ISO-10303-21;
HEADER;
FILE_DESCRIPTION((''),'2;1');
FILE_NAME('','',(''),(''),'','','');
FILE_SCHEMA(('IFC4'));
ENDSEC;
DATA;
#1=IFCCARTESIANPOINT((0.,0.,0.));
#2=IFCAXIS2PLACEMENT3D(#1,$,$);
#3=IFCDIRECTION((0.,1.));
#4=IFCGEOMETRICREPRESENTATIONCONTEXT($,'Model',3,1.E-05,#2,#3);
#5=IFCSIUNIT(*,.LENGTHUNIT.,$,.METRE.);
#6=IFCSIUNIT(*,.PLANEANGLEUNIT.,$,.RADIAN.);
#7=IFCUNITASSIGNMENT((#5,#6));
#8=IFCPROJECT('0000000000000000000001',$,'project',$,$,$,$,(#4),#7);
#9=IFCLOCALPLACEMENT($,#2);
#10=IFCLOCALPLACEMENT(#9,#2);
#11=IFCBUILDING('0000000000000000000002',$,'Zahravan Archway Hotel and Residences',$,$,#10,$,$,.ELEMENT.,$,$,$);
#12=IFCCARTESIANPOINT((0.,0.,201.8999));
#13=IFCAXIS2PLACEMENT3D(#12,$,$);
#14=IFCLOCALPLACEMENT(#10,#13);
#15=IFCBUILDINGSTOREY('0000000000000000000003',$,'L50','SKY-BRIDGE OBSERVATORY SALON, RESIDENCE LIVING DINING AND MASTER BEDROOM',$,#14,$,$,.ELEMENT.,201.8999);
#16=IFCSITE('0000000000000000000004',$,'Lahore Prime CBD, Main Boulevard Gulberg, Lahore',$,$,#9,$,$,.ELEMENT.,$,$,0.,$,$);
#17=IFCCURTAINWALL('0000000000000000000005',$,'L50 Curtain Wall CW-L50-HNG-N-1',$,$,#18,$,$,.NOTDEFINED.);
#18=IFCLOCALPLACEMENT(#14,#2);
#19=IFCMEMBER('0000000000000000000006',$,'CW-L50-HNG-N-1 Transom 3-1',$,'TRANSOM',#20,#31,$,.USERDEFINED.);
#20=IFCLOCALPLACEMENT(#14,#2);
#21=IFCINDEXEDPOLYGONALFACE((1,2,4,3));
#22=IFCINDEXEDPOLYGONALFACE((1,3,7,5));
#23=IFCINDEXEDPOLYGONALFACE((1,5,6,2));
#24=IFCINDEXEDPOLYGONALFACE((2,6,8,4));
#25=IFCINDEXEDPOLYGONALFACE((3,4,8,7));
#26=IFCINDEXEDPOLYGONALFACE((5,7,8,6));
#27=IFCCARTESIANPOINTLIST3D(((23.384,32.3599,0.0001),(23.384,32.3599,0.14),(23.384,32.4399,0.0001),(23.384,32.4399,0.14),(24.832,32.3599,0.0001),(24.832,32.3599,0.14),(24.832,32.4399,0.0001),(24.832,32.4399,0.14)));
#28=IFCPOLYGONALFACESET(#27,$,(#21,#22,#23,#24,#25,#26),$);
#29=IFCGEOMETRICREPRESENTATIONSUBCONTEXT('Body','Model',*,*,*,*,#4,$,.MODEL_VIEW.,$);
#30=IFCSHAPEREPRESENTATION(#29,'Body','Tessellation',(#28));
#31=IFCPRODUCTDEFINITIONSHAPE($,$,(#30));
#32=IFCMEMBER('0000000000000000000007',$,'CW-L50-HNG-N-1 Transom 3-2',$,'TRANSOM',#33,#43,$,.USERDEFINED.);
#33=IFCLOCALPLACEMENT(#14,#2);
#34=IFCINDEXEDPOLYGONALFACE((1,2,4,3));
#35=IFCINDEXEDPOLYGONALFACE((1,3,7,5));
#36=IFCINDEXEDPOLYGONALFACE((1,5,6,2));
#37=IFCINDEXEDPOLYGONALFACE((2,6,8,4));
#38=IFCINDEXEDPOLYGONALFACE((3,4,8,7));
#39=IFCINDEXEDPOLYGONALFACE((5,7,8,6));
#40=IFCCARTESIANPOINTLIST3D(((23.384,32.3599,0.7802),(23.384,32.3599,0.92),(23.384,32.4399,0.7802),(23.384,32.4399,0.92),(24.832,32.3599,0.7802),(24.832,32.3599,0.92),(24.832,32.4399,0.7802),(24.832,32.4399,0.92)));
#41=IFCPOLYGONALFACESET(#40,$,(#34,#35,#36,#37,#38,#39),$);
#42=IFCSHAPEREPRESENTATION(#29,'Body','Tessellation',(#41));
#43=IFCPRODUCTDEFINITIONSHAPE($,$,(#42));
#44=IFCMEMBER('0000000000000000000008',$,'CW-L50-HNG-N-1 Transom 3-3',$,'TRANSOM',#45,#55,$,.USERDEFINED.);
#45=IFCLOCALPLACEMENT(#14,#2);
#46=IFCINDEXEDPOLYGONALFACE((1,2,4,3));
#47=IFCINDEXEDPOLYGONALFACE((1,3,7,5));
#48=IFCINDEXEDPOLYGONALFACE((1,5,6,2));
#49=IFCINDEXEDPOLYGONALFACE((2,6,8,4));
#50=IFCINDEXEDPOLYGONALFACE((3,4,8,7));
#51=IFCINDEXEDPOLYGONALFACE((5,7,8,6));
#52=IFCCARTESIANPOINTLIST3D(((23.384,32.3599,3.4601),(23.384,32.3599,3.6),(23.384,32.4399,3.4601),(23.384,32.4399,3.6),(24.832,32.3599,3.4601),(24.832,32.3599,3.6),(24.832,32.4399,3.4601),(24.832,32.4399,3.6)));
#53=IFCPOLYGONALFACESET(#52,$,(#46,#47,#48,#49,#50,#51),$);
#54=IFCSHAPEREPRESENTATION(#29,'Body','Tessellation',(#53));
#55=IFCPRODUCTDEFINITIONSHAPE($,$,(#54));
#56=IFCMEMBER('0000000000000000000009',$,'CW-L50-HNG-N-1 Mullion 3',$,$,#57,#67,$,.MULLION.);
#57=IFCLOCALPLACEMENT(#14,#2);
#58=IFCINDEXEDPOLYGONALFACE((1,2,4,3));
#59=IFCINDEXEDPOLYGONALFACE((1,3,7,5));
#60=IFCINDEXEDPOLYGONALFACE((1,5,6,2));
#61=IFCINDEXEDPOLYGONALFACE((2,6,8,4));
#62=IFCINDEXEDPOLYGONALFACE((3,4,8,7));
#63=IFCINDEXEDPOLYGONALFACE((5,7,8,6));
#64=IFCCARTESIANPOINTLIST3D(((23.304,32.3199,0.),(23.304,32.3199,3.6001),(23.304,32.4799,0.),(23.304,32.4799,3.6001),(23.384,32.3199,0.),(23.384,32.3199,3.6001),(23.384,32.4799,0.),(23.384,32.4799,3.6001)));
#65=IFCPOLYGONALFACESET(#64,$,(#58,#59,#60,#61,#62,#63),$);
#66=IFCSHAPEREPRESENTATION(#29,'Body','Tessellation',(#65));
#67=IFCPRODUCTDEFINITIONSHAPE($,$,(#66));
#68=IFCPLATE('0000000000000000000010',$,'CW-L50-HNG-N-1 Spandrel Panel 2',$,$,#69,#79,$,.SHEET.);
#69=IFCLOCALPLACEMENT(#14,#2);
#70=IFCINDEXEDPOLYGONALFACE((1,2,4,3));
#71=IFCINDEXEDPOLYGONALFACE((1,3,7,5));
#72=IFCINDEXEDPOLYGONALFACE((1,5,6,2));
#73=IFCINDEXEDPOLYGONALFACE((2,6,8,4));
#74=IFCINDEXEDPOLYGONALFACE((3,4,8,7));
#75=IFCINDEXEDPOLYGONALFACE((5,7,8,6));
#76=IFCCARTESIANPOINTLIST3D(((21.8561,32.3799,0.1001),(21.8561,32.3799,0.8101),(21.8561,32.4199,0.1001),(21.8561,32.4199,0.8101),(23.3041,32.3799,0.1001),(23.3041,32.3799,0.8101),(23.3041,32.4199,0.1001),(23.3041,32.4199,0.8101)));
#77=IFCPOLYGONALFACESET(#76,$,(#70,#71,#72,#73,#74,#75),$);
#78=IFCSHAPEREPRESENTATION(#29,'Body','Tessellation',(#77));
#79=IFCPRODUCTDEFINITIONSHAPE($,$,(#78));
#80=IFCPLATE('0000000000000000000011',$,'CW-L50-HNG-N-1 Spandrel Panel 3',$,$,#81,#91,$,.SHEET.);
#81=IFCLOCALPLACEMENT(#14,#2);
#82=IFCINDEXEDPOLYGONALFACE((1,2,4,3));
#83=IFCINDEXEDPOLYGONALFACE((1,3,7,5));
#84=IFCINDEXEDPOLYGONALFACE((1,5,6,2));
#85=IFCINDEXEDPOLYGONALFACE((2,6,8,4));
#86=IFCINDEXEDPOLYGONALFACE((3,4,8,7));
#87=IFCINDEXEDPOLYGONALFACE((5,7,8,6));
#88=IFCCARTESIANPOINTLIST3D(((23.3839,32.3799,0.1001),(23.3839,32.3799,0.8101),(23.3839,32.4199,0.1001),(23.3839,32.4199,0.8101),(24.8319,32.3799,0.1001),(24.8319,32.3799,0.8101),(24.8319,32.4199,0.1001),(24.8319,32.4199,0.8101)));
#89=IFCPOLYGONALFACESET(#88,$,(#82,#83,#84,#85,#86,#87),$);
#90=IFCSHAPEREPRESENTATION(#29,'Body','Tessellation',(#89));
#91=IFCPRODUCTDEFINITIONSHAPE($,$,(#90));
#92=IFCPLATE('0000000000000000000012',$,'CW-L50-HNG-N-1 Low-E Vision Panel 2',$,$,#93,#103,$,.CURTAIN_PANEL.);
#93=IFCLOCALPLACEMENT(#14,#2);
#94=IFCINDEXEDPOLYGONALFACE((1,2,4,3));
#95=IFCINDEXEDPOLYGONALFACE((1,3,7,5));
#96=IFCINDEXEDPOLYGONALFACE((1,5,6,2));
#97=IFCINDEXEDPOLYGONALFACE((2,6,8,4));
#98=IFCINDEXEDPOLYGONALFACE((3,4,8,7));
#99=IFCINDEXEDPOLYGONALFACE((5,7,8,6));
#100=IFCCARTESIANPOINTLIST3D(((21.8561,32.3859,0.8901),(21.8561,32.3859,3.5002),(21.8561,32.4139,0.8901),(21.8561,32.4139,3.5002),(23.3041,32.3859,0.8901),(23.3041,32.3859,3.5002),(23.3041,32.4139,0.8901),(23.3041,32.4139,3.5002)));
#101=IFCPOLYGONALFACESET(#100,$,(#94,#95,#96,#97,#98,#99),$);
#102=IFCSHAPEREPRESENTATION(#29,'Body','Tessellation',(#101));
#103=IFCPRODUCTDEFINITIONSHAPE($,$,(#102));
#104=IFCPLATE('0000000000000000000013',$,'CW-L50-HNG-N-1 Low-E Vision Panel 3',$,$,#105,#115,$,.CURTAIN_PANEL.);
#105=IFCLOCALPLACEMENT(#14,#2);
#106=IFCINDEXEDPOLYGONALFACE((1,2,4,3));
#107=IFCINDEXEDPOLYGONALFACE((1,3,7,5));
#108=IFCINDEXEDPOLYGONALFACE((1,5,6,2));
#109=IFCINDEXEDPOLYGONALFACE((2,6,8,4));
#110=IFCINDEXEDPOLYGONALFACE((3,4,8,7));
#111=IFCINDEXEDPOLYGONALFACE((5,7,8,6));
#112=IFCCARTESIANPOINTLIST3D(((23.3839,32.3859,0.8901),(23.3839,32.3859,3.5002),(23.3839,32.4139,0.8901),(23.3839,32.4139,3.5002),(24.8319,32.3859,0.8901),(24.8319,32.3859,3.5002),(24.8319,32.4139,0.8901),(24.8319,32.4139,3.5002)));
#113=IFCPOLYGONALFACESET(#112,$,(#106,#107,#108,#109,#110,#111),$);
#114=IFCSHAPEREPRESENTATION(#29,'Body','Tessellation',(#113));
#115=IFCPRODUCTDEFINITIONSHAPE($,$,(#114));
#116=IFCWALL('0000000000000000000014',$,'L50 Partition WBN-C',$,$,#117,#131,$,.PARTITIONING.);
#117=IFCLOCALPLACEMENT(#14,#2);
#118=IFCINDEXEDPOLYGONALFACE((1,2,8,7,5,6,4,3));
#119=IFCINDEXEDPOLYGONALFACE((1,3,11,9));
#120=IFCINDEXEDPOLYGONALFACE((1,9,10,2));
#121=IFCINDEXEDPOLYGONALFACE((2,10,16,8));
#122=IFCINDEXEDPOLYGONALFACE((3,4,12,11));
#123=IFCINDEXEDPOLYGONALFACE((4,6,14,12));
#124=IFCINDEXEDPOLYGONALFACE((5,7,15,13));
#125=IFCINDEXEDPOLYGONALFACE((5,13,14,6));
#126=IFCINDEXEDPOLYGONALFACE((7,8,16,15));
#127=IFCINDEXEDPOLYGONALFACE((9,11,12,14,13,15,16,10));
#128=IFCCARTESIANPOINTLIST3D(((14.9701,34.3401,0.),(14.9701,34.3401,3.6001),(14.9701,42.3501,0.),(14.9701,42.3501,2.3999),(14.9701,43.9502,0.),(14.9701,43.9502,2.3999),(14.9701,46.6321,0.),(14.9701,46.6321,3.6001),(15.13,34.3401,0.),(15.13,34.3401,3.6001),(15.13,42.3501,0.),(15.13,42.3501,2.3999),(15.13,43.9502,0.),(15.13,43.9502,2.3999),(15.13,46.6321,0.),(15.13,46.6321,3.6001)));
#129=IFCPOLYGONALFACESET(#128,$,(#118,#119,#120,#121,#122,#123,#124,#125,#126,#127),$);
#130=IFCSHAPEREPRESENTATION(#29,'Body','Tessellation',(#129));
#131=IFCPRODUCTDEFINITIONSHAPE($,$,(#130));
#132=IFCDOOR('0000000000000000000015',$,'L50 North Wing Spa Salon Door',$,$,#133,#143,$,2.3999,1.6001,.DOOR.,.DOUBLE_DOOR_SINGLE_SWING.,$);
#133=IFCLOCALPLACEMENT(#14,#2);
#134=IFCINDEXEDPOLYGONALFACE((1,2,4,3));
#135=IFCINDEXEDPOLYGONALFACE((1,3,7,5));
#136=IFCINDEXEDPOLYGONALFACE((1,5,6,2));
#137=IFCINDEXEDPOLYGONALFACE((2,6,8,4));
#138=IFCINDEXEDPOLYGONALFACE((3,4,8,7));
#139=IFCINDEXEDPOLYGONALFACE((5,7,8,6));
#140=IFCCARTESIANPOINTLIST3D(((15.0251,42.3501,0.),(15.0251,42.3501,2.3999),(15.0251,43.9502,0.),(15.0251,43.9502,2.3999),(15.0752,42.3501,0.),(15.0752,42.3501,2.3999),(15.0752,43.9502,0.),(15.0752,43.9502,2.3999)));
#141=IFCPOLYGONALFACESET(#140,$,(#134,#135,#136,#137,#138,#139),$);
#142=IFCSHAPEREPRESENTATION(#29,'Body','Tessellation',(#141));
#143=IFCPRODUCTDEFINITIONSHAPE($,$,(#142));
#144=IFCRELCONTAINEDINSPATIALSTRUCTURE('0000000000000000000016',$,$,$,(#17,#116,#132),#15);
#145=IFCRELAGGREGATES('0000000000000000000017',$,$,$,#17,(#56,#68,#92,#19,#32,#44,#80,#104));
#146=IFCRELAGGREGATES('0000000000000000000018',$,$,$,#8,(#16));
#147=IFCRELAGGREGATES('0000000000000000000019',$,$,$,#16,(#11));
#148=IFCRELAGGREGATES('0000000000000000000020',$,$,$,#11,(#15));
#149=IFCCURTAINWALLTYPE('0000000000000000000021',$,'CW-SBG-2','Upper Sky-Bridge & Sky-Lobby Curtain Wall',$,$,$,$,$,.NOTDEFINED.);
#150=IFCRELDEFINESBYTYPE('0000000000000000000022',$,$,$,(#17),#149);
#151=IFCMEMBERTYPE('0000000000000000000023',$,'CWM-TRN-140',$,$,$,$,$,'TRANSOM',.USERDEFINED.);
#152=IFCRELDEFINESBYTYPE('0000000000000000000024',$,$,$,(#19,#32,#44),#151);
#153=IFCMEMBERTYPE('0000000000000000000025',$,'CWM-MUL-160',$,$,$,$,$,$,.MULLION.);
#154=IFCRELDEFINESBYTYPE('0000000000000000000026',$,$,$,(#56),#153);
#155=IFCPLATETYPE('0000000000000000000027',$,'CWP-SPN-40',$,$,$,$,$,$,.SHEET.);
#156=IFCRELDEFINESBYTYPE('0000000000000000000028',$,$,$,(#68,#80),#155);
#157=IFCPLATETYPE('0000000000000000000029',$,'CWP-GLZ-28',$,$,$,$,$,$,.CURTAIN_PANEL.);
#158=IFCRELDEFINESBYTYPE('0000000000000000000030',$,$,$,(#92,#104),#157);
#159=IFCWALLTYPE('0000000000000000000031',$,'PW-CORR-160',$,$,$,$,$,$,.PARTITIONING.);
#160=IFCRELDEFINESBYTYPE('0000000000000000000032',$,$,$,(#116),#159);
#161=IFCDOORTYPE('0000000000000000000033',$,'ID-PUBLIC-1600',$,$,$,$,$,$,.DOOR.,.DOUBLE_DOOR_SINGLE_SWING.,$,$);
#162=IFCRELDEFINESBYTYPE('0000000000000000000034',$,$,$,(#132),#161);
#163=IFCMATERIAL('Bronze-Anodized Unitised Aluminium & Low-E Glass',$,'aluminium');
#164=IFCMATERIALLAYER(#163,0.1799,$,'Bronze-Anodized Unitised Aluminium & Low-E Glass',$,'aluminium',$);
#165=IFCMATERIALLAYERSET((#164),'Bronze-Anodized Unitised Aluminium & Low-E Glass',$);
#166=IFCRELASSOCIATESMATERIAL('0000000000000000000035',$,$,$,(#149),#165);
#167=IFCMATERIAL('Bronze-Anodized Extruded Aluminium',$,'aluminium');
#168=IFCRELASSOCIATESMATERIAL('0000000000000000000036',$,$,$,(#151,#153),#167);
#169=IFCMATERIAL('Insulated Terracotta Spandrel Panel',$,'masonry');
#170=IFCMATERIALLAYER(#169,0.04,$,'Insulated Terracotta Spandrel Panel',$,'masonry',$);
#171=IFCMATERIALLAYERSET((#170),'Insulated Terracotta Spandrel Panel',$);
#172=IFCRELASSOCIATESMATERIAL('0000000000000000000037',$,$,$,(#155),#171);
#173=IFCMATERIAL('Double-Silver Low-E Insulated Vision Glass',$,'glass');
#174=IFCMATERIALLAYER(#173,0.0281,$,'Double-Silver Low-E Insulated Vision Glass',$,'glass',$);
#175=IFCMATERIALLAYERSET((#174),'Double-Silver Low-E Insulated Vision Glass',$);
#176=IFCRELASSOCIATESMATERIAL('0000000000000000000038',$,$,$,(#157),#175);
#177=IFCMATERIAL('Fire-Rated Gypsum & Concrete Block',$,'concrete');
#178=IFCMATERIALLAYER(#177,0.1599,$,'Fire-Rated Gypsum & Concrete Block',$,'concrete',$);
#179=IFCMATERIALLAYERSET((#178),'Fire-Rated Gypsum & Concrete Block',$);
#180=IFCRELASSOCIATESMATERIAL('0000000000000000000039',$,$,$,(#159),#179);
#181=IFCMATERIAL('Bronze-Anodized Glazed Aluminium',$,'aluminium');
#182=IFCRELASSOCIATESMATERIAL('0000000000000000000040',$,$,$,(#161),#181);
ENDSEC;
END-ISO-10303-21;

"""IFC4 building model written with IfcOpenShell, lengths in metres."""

from ifc_helpers import new_model, si_unit, direction, frame, frame_2d, origin, origin_2d, place, context, subcontext, project, spatial, rectangle, extrude, source, transform, mapped, material, layer, layer_set, material_profile, profile_set, type_object, type_shapes, element, fill, aggregate, save


model = new_model("IFC4")

# Units and contexts
model_context = context("Model", 3, precision=1e-05, world=origin(), true_north=direction((0.0, 1.0)))
body_context = subcontext(model_context, "Body", "Model", "MODEL_VIEW")
ifc_project = project(units=[si_unit("LENGTHUNIT", "METRE"), si_unit("PLANEANGLEUNIT", "RADIAN")], contexts=[model_context])

# Site, building, storey
site_placement = place(None, origin())
site = spatial("IfcSite", under=ifc_project, at=site_placement, Name="Lahore Prime CBD, Main Boulevard Gulberg, Lahore", CompositionType="ELEMENT", RefElevation=0.0)
building_placement = place(site_placement, origin())
building = spatial("IfcBuilding", under=site, at=building_placement, Name="Zahravan Archway Hotel and Residences", CompositionType="ELEMENT")
storey_placement = place(building_placement, frame((0.0, 0.0, 201.8999)))
storey = spatial("IfcBuildingStorey", under=building, at=storey_placement, Name="L50", Description="SKY-BRIDGE OBSERVATORY SALON, RESIDENCE LIVING DINING AND MASTER BEDROOM", CompositionType="ELEMENT", Elevation=201.8999)

# Curtain wall, members, plates
ifc_material_1 = material(Name="Bronze-Anodized Unitised Aluminium & Low-E Glass", Category="aluminium")
ifc_layer_1 = layer(ifc_material_1, 0.1799, Name="Bronze-Anodized Unitised Aluminium & Low-E Glass", Category="aluminium")
ifc_layer_set_1 = layer_set([ifc_layer_1], Name="Bronze-Anodized Unitised Aluminium & Low-E Glass")
curtain_wall_type = type_object("IfcCurtainWallType", Name="CW-SBG-2", Description="Upper Sky-Bridge & Sky-Lobby Curtain Wall", PredefinedType="NOTDEFINED", material=ifc_layer_set_1)
curtain_wall_placement = place(storey_placement, origin())
curtain_wall = element("IfcCurtainWall", 1, at=curtain_wall_placement, inside=storey, type_object=curtain_wall_type, Name="L50 Curtain Wall CW-L50-HNG-N-1", PredefinedType="NOTDEFINED")
ifc_material_2 = material(Name="Bronze-Anodized Extruded Aluminium", Category="aluminium")
ifc_material_profile_1 = material_profile(ifc_material_2, rectangle(XDim=0.0801, YDim=0.1399, at=origin_2d()), Name="TRN 80x140", Category="aluminium")
ifc_profile_set_1 = profile_set([ifc_material_profile_1], Name="Bronze-Anodized Extruded Aluminium")
member_type_1 = type_object("IfcMemberType", Name="CWM-TRN-140", ElementType="TRANSOM", PredefinedType="USERDEFINED", material=ifc_profile_set_1)
shared_shape_1 = source(origin(), body_context, "Body", "SweptSolid", [
    extrude(rectangle(XDim=0.0801, YDim=0.1399, at=origin_2d()), origin(), (0.0, 0.0, 1.0), 1.448),
])
member_1_placement = place(storey_placement, frame((23.384, 32.3999, 0.0701), z_axis=(1.0, 0.0, 0.0), x_axis=(0.0, 1.0, 0.0)))
member_1 = element("IfcMember", 2, at=member_1_placement, type_object=member_type_1, Name="CW-L50-HNG-N-1 Transom 3-1", ObjectType="TRANSOM", PredefinedType="USERDEFINED", context=body_context, shape_type="MappedRepresentation", body=[
    mapped(shared_shape_1, transform((0.0, 0.0, 0.0), scale=1.0)),
])
member_2_placement = place(storey_placement, frame((23.384, 32.3999, 0.8501), z_axis=(1.0, 0.0, 0.0), x_axis=(0.0, 1.0, 0.0)))
member_2 = element("IfcMember", 3, at=member_2_placement, type_object=member_type_1, Name="CW-L50-HNG-N-1 Transom 3-2", ObjectType="TRANSOM", PredefinedType="USERDEFINED", context=body_context, shape_type="MappedRepresentation", body=[
    mapped(shared_shape_1, transform((0.0, 0.0, 0.0), scale=1.0)),
])
member_3_placement = place(storey_placement, frame((23.384, 32.3999, 3.53), z_axis=(1.0, 0.0, 0.0), x_axis=(0.0, 1.0, 0.0)))
member_3 = element("IfcMember", 4, at=member_3_placement, type_object=member_type_1, Name="CW-L50-HNG-N-1 Transom 3-3", ObjectType="TRANSOM", PredefinedType="USERDEFINED", context=body_context, shape_type="MappedRepresentation", body=[
    mapped(shared_shape_1, transform((0.0, 0.0, 0.0), scale=1.0)),
])
ifc_material_profile_2 = material_profile(ifc_material_2, rectangle(XDim=0.0801, YDim=0.1599, at=origin_2d()), Name="MUL 80x160", Category="aluminium")
ifc_profile_set_2 = profile_set([ifc_material_profile_2], Name="Bronze-Anodized Extruded Aluminium")
member_type_2 = type_object("IfcMemberType", Name="CWM-MUL-160", PredefinedType="MULLION", material=ifc_profile_set_2)
shared_shape_2 = source(origin(), body_context, "Body", "SweptSolid", [
    extrude(rectangle(XDim=0.0801, YDim=0.1599, at=origin_2d()), origin(), (0.0, 0.0, 1.0), 3.6001),
])
member_4_placement = place(storey_placement, frame((23.344, 32.3999, 0.0), z_axis=(0.0, 0.0, 1.0), x_axis=(1.0, 0.0, 0.0)))
member_4 = element("IfcMember", 5, at=member_4_placement, type_object=member_type_2, Name="CW-L50-HNG-N-1 Mullion 3", PredefinedType="MULLION", context=body_context, shape_type="MappedRepresentation", body=[
    mapped(shared_shape_2, transform((0.0, 0.0, 0.0), scale=1.0)),
])
ifc_material_3 = material(Name="Insulated Terracotta Spandrel Panel", Category="masonry")
ifc_layer_2 = layer(ifc_material_3, 0.04, Name="Insulated Terracotta Spandrel Panel", Category="masonry")
ifc_layer_set_2 = layer_set([ifc_layer_2], Name="Insulated Terracotta Spandrel Panel")
plate_type_1 = type_object("IfcPlateType", Name="CWP-SPN-40", PredefinedType="SHEET", material=ifc_layer_set_2)
shared_shape_3 = source(origin(), body_context, "Body", "SweptSolid", [
    extrude(rectangle(XDim=1.448, YDim=0.04, at=origin_2d()), origin(), (0.0, 0.0, 1.0), 0.71),
])
plate_1_placement = place(storey_placement, frame((22.5801, 32.3999, 0.1001), z_axis=(0.0, 0.0, 1.0), x_axis=(1.0, 0.0, 0.0)))
plate_1 = element("IfcPlate", 6, at=plate_1_placement, type_object=plate_type_1, Name="CW-L50-HNG-N-1 Spandrel Panel 2", PredefinedType="SHEET", context=body_context, shape_type="MappedRepresentation", body=[
    mapped(shared_shape_3, transform((0.0, 0.0, 0.0), scale=1.0)),
])
plate_2_placement = place(storey_placement, frame((24.1079, 32.3999, 0.1001), z_axis=(0.0, 0.0, 1.0), x_axis=(1.0, 0.0, 0.0)))
plate_2 = element("IfcPlate", 7, at=plate_2_placement, type_object=plate_type_1, Name="CW-L50-HNG-N-1 Spandrel Panel 3", PredefinedType="SHEET", context=body_context, shape_type="MappedRepresentation", body=[
    mapped(shared_shape_3, transform((0.0, 0.0, 0.0), scale=1.0)),
])
ifc_material_4 = material(Name="Double-Silver Low-E Insulated Vision Glass", Category="glass")
ifc_layer_3 = layer(ifc_material_4, 0.0281, Name="Double-Silver Low-E Insulated Vision Glass", Category="glass")
ifc_layer_set_3 = layer_set([ifc_layer_3], Name="Double-Silver Low-E Insulated Vision Glass")
plate_type_2 = type_object("IfcPlateType", Name="CWP-GLZ-28", PredefinedType="CURTAIN_PANEL", material=ifc_layer_set_3)
shared_shape_4 = source(origin(), body_context, "Body", "SweptSolid", [
    extrude(rectangle(XDim=1.448, YDim=0.0281, at=origin_2d()), origin(), (0.0, 0.0, 1.0), 2.6101),
])
plate_3_placement = place(storey_placement, frame((22.5801, 32.3999, 0.8901), z_axis=(0.0, 0.0, 1.0), x_axis=(1.0, 0.0, 0.0)))
plate_3 = element("IfcPlate", 8, at=plate_3_placement, type_object=plate_type_2, Name="CW-L50-HNG-N-1 Low-E Vision Panel 2", PredefinedType="CURTAIN_PANEL", context=body_context, shape_type="MappedRepresentation", body=[
    mapped(shared_shape_4, transform((0.0, 0.0, 0.0), scale=1.0)),
])
plate_4_placement = place(storey_placement, frame((24.1079, 32.3999, 0.8901), z_axis=(0.0, 0.0, 1.0), x_axis=(1.0, 0.0, 0.0)))
plate_4 = element("IfcPlate", 9, at=plate_4_placement, type_object=plate_type_2, Name="CW-L50-HNG-N-1 Low-E Vision Panel 3", PredefinedType="CURTAIN_PANEL", context=body_context, shape_type="MappedRepresentation", body=[
    mapped(shared_shape_4, transform((0.0, 0.0, 0.0), scale=1.0)),
])
aggregate(curtain_wall, [member_4, plate_1, plate_3, member_1, member_2, member_3, plate_2, plate_4])

# Wall, opening, door
ifc_material_5 = material(Name="Fire-Rated Gypsum & Concrete Block", Category="concrete")
ifc_layer_4 = layer(ifc_material_5, 0.1599, Name="Fire-Rated Gypsum & Concrete Block", Category="concrete")
ifc_layer_set_4 = layer_set([ifc_layer_4], Name="Fire-Rated Gypsum & Concrete Block")
wall_type_1 = type_object("IfcWallType", Name="PW-CORR-160", PredefinedType="PARTITIONING", material=ifc_layer_set_4)
wall_1_placement = place(storey_placement, frame((15.05, 34.3401, 0.0), z_axis=(0.0, 0.0, 1.0), x_axis=(0.0, 1.0, 0.0)))
wall_1 = element("IfcWall", 10, at=wall_1_placement, inside=storey, type_object=wall_type_1, Name="L50 Partition WBN-C", PredefinedType="PARTITIONING", context=body_context, shape_type="SweptSolid", body=[
    extrude(rectangle(XDim=12.292, YDim=0.1599, at=frame_2d((6.146, 0.0))), origin(), (0.0, 0.0, 1.0), 3.6001),
])
opening_1_placement = place(wall_1_placement, frame((8.01, 0.0, 0.0)))
opening_1 = element("IfcOpeningElement", 11, at=opening_1_placement, cuts=wall_1, PredefinedType="OPENING", context=body_context, shape_type="SweptSolid", body=[
    extrude(rectangle(XDim=1.6001, YDim=2.3999, at=frame_2d((0.8, 1.2))), frame((0.0, 0.0898, 0.0), z_axis=(0.0, -1.0, 0.0), x_axis=(1.0, 0.0, 0.0)), (0.0, 0.0, 1.0), 0.1799),
])
ifc_material_6 = material(Name="Bronze-Anodized Glazed Aluminium", Category="aluminium")
door_type_1 = type_object("IfcDoorType", Name="ID-PUBLIC-1600", OperationType="DOUBLE_DOOR_SINGLE_SWING", PredefinedType="DOOR", material=ifc_material_6)
shared_shape_5 = source(origin(), body_context, "Body", "SweptSolid", [
    extrude(rectangle(XDim=1.6001, YDim=2.3999, at=frame_2d((0.8, 1.2))), frame((0.0, 0.0249, 0.0), z_axis=(0.0, -1.0, 0.0), x_axis=(1.0, 0.0, 0.0)), (0.0, 0.0, 1.0), 0.05),
])
type_shapes(door_type_1, [shared_shape_5])
door_1_placement = place(opening_1_placement, origin())
door_1 = element("IfcDoor", 12, at=door_1_placement, inside=storey, type_object=door_type_1, Name="L50 North Wing Spa Salon Door", OperationType="DOUBLE_DOOR_SINGLE_SWING", OverallHeight=2.3999, OverallWidth=1.6001, PredefinedType="DOOR", context=body_context, shape_type="MappedRepresentation", body=[
    mapped(shared_shape_5, transform((0.0, 0.0, 0.0), scale=1.0)),
])
fill(opening_1, door_1)

save(model, "model.ifc")
